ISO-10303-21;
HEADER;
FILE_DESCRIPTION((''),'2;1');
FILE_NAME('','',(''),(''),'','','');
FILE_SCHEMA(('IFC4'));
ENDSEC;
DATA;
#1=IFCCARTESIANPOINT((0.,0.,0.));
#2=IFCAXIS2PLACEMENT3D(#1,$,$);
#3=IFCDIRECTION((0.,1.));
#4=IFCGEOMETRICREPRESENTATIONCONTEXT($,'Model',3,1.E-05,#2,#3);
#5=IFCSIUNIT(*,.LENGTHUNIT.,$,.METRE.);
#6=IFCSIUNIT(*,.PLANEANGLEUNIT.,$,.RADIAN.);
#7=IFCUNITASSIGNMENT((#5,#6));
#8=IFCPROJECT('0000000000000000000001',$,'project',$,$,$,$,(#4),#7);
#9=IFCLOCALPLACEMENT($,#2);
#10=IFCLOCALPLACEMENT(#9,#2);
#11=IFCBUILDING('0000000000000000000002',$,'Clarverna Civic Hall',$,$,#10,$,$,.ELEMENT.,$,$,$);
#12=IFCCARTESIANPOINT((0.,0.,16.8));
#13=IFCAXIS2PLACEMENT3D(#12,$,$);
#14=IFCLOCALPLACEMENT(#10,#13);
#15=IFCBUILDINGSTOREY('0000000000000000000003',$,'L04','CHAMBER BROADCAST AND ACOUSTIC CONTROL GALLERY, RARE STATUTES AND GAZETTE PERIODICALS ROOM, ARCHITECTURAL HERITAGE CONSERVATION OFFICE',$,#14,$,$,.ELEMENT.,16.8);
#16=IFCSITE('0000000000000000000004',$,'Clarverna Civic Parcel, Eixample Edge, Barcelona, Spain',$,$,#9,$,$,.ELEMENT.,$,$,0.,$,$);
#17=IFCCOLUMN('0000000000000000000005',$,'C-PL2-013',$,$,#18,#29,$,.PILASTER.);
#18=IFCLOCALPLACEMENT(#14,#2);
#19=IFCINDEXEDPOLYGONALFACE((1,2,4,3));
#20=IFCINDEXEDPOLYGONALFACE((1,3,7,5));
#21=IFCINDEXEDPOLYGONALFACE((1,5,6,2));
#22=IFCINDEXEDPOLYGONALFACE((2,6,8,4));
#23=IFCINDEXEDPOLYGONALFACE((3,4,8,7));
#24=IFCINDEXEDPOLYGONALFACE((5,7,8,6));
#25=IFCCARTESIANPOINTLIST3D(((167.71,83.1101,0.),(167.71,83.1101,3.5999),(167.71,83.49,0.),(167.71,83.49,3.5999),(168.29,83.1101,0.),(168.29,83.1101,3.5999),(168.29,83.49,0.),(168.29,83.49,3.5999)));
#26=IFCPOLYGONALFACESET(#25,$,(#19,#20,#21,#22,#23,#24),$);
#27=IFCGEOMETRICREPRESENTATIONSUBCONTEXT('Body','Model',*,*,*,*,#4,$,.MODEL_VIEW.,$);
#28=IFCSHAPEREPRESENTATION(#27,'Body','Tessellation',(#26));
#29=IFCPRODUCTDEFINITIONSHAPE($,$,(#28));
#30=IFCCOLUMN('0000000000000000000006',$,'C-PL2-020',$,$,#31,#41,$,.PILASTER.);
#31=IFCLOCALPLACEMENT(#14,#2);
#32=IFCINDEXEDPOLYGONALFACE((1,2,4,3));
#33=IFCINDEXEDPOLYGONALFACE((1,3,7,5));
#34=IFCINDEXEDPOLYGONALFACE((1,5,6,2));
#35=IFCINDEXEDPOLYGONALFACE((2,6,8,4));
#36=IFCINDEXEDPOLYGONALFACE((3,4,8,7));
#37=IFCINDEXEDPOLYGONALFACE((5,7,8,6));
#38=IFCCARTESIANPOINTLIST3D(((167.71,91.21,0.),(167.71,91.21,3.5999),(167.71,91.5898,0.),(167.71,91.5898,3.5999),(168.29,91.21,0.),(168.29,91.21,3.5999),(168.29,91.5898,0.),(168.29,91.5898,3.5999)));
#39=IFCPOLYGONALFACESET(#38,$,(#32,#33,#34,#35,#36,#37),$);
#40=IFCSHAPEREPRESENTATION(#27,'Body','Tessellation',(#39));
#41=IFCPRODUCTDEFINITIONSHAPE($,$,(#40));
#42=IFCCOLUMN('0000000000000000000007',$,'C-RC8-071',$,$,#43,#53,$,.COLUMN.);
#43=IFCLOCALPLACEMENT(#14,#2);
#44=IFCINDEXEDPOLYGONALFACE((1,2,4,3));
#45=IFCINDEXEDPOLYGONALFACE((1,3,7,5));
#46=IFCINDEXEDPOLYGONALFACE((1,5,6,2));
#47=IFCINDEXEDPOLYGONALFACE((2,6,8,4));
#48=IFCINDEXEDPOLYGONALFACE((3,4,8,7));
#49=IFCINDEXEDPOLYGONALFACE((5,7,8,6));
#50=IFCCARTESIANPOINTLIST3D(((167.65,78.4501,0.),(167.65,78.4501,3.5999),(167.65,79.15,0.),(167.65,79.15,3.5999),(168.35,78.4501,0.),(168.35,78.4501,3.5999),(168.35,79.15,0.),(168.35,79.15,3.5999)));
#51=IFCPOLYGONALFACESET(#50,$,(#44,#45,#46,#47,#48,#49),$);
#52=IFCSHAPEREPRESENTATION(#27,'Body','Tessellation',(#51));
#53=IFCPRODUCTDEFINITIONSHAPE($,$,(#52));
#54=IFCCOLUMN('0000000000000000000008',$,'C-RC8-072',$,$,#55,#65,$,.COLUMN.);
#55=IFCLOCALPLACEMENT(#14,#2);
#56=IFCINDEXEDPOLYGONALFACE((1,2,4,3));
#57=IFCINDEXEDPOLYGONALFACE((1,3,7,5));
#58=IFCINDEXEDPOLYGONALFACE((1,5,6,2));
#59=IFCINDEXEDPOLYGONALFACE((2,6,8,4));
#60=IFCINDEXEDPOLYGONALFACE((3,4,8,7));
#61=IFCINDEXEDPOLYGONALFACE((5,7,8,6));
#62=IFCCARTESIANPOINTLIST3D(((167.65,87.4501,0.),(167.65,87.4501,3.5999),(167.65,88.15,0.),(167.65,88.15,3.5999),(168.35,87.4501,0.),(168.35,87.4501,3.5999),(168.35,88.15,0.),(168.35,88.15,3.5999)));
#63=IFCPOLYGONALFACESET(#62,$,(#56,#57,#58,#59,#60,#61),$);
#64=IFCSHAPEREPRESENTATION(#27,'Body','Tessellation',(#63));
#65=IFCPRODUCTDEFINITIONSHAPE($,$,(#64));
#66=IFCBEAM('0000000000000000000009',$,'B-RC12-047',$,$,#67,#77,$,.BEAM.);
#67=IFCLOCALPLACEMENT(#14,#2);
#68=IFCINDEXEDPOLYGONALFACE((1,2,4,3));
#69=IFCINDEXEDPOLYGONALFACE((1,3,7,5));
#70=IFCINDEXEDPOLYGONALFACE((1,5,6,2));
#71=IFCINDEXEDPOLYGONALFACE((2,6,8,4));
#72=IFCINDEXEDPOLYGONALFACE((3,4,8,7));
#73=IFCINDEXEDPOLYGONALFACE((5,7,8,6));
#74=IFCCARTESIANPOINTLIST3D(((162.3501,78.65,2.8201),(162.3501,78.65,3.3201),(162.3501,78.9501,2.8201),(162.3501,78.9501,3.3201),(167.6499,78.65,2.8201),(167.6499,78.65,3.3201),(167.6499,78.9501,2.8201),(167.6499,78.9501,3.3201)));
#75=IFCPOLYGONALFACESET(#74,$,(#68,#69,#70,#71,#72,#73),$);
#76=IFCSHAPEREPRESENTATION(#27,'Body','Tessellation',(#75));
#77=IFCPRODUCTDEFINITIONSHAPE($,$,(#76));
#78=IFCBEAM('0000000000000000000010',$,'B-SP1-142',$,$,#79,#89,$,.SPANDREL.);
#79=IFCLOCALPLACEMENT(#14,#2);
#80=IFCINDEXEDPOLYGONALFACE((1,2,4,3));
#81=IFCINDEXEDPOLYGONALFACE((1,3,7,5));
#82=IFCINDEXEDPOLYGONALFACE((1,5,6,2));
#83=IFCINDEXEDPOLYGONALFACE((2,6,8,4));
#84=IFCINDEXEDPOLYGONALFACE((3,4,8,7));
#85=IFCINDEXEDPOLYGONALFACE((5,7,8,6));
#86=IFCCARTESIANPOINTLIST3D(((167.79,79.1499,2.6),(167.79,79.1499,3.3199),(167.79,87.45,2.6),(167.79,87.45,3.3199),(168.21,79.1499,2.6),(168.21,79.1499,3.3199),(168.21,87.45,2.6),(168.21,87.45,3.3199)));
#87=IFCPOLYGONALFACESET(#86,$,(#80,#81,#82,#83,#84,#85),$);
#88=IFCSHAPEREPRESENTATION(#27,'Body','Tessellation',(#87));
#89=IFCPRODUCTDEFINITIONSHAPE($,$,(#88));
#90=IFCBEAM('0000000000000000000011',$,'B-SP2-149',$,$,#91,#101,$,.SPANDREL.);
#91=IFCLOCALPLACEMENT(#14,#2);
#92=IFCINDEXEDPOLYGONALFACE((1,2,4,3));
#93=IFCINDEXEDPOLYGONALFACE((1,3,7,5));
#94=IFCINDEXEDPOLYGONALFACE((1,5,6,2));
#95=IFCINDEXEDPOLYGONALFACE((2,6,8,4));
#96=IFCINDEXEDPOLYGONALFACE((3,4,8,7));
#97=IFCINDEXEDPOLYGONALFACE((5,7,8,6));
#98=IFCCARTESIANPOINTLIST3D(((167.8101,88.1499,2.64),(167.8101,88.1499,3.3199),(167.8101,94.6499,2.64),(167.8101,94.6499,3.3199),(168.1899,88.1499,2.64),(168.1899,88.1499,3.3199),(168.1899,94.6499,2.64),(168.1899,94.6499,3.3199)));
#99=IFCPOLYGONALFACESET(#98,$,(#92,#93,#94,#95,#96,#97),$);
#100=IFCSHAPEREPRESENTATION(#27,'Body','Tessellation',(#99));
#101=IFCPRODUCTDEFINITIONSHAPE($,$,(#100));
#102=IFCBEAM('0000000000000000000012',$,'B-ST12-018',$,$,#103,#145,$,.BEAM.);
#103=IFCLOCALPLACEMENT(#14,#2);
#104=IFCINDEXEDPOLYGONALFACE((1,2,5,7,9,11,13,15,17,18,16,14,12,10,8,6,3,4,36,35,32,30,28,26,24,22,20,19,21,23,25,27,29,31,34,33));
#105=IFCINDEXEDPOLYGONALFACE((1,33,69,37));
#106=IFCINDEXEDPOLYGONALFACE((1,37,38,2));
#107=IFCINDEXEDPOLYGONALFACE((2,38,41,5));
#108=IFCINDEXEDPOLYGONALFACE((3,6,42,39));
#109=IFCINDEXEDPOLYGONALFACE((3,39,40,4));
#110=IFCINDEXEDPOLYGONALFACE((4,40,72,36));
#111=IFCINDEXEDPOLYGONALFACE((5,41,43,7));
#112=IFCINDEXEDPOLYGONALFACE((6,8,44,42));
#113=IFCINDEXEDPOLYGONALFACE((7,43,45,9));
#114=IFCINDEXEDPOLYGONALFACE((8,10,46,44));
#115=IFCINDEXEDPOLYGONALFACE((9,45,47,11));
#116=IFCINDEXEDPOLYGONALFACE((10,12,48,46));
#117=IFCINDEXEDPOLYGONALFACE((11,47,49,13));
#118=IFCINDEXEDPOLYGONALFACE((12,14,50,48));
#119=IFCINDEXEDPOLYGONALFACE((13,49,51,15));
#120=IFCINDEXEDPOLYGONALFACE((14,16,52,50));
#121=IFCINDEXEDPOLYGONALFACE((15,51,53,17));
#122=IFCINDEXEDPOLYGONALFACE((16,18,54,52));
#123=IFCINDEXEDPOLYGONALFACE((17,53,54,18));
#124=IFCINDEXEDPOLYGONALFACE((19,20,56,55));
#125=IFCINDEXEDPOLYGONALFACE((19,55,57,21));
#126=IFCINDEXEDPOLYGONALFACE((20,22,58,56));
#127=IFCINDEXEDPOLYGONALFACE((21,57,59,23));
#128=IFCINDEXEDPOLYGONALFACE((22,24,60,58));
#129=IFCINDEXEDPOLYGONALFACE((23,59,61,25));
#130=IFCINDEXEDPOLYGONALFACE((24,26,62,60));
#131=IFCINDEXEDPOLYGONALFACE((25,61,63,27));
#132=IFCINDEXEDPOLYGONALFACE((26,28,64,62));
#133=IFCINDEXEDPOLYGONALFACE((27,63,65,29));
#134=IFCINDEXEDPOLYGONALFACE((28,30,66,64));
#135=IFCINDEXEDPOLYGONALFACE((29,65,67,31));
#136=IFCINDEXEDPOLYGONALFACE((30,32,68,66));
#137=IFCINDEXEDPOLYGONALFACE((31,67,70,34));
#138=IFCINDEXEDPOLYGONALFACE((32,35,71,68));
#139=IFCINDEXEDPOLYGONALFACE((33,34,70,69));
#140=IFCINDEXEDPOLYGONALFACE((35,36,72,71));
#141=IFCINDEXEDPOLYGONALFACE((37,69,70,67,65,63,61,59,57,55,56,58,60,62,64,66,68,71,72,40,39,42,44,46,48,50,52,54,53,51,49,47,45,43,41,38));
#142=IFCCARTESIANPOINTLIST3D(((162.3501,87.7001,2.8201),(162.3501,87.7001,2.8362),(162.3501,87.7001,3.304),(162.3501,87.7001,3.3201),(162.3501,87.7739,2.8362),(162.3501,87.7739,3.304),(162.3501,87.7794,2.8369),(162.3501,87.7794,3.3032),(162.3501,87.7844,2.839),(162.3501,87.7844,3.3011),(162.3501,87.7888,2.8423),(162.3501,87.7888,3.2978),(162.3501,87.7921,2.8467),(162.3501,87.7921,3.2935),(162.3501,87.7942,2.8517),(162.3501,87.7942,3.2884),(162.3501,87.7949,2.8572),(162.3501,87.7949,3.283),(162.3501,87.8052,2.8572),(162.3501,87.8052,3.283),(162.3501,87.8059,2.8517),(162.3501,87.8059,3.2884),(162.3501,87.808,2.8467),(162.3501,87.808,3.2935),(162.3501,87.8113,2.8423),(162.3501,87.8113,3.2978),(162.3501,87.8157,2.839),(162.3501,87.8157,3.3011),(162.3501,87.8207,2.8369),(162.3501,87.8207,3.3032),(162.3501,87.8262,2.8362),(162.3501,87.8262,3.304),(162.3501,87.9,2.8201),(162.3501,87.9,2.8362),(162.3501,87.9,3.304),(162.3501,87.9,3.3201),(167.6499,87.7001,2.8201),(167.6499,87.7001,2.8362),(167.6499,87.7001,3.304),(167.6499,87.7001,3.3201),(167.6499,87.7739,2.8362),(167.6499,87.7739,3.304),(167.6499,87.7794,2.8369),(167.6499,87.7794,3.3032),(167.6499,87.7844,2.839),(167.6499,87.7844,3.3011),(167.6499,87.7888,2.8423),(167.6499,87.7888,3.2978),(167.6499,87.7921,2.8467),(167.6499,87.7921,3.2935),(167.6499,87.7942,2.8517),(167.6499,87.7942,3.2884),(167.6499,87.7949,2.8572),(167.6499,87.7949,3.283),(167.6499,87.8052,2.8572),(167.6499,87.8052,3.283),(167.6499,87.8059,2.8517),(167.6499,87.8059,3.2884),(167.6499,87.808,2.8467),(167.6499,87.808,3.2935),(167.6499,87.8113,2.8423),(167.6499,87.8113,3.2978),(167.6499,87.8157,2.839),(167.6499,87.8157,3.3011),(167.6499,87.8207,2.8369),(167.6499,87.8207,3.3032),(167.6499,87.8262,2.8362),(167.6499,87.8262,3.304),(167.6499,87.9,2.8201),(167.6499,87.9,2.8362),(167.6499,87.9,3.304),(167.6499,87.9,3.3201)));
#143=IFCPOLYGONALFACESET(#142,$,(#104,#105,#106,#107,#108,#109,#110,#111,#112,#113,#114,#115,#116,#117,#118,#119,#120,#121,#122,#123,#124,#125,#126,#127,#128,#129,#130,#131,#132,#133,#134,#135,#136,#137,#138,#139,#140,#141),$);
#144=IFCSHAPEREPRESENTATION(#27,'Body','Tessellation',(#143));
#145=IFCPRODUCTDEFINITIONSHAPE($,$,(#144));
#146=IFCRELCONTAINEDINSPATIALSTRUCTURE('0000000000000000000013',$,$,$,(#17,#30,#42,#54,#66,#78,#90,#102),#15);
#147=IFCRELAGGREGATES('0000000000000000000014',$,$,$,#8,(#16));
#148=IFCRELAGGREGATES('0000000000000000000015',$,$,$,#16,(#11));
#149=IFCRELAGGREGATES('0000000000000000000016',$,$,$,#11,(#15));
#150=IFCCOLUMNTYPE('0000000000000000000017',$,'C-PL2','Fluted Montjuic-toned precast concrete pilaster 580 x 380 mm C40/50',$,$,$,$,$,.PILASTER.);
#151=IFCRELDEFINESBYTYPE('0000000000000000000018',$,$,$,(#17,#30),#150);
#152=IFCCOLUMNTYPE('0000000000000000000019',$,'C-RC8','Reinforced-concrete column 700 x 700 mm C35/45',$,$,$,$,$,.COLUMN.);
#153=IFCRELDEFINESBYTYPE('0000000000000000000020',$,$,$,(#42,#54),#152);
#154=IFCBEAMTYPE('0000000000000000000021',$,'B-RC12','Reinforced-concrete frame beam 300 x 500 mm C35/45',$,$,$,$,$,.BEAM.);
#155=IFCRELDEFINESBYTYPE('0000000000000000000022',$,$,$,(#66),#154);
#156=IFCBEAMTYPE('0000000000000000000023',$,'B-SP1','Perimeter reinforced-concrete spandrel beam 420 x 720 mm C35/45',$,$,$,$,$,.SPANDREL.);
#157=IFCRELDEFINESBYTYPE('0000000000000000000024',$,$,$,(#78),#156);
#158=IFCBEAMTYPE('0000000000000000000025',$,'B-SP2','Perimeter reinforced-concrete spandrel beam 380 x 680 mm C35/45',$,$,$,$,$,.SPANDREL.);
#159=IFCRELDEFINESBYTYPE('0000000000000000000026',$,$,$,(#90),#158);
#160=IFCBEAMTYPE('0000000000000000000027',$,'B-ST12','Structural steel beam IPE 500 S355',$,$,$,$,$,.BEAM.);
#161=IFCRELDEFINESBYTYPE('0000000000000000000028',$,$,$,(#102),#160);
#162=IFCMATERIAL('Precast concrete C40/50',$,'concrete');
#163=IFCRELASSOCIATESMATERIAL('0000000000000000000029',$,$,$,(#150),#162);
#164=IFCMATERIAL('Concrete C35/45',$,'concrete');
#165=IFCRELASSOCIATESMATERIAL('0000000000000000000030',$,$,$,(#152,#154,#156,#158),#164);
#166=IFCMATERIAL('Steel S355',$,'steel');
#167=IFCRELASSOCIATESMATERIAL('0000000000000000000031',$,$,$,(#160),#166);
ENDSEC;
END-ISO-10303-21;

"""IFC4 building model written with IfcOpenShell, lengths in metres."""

from ifc_helpers import new_model, si_unit, direction, frame, origin, origin_2d, place, context, subcontext, project, spatial, rectangle, i_section, extrude, material, material_profile, profile_set, type_object, element, save


model = new_model("IFC4")

# Units and contexts
model_context = context("Model", 3, precision=1e-05, world=origin(), true_north=direction((0.0, 1.0)))
body_context = subcontext(model_context, "Body", "Model", "MODEL_VIEW")
ifc_project = project(units=[si_unit("LENGTHUNIT", "METRE"), si_unit("PLANEANGLEUNIT", "RADIAN")], contexts=[model_context])

# Site, building, storey
site_placement = place(None, origin())
site = spatial("IfcSite", under=ifc_project, at=site_placement, Name="Clarverna Civic Parcel, Eixample Edge, Barcelona, Spain", CompositionType="ELEMENT", RefElevation=0.0)
building_placement = place(site_placement, origin())
building = spatial("IfcBuilding", under=site, at=building_placement, Name="Clarverna Civic Hall", CompositionType="ELEMENT")
storey_placement = place(building_placement, frame((0.0, 0.0, 16.8)))
storey = spatial("IfcBuildingStorey", under=building, at=storey_placement, Name="L04", Description="CHAMBER BROADCAST AND ACOUSTIC CONTROL GALLERY, RARE STATUTES AND GAZETTE PERIODICALS ROOM, ARCHITECTURAL HERITAGE CONSERVATION OFFICE", CompositionType="ELEMENT", Elevation=16.8)

# Columns
ifc_material_1 = material(Name="Precast concrete C40/50", Category="concrete")
ifc_material_profile_1 = material_profile(ifc_material_1, rectangle(XDim=0.5801, YDim=0.3799, at=origin_2d()), Name="PILASTER 580x380")
ifc_profile_set_1 = profile_set([ifc_material_profile_1], Name="Precast concrete C40/50")
column_type_1 = type_object("IfcColumnType", Name="C-PL2", Description="Fluted Montjuic-toned precast concrete pilaster 580 x 380 mm C40/50", PredefinedType="PILASTER", material=ifc_profile_set_1)
for number, where, z_axis, x_axis, name in (
    (1, (168.0, 83.3, 0.0), (0.0, 0.0, 1.0), (1.0, 0.0, 0.0), "C-PL2-013"),
    (2, (168.0, 91.3999, 0.0), (0.0, 0.0, 1.0), (1.0, 0.0, 0.0), "C-PL2-020"),
):
    element("IfcColumn", number, at=place(storey_placement, frame(where, z_axis=z_axis, x_axis=x_axis)), inside=storey, type_object=column_type_1, Name=name, PredefinedType="PILASTER", context=body_context, shape_type="SweptSolid", body=[
        extrude(rectangle(XDim=0.5801, YDim=0.3799, at=origin_2d()), origin(), (0.0, 0.0, 1.0), 3.5999),
    ])
ifc_material_2 = material(Name="Concrete C35/45", Category="concrete")
ifc_material_profile_2 = material_profile(ifc_material_2, rectangle(XDim=0.7, YDim=0.7, at=origin_2d()), Name="RC 700x700")
ifc_profile_set_2 = profile_set([ifc_material_profile_2], Name="Concrete C35/45")
column_type_2 = type_object("IfcColumnType", Name="C-RC8", Description="Reinforced-concrete column 700 x 700 mm C35/45", PredefinedType="COLUMN", material=ifc_profile_set_2)
for number, where, z_axis, x_axis, name in (
    (3, (168.0, 78.8, 0.0), (0.0, 0.0, 1.0), (1.0, 0.0, 0.0), "C-RC8-071"),
    (4, (168.0, 87.8, 0.0), (0.0, 0.0, 1.0), (1.0, 0.0, 0.0), "C-RC8-072"),
):
    element("IfcColumn", number, at=place(storey_placement, frame(where, z_axis=z_axis, x_axis=x_axis)), inside=storey, type_object=column_type_2, Name=name, PredefinedType="COLUMN", context=body_context, shape_type="SweptSolid", body=[
        extrude(rectangle(XDim=0.7, YDim=0.7, at=origin_2d()), origin(), (0.0, 0.0, 1.0), 3.5999),
    ])

# Beams
ifc_material_profile_3 = material_profile(ifc_material_2, rectangle(XDim=0.3, YDim=0.5, at=origin_2d()), Name="RC 300x500")
ifc_profile_set_3 = profile_set([ifc_material_profile_3], Name="Concrete C35/45")
beam_type_1 = type_object("IfcBeamType", Name="B-RC12", Description="Reinforced-concrete frame beam 300 x 500 mm C35/45", PredefinedType="BEAM", material=ifc_profile_set_3)
beam_1_placement = place(storey_placement, frame((162.3501, 78.8, 3.0701), z_axis=(1.0, 0.0, 0.0), x_axis=(0.0, 1.0, 0.0)))
element("IfcBeam", 5, at=beam_1_placement, inside=storey, type_object=beam_type_1, Name="B-RC12-047", PredefinedType="BEAM", context=body_context, shape_type="SweptSolid", body=[
    extrude(rectangle(XDim=0.3, YDim=0.5, at=origin_2d()), origin(), (0.0, 0.0, 1.0), 5.2998),
])
ifc_material_profile_4 = material_profile(ifc_material_2, rectangle(XDim=0.4199, YDim=0.72, at=origin_2d()), Name="RC 420x720")
ifc_profile_set_4 = profile_set([ifc_material_profile_4], Name="Concrete C35/45")
beam_type_2 = type_object("IfcBeamType", Name="B-SP1", Description="Perimeter reinforced-concrete spandrel beam 420 x 720 mm C35/45", PredefinedType="SPANDREL", material=ifc_profile_set_4)
beam_2_placement = place(storey_placement, frame((168.0, 79.1499, 2.96), z_axis=(0.0, 1.0, 0.0), x_axis=(-1.0, 0.0, 0.0)))
element("IfcBeam", 6, at=beam_2_placement, inside=storey, type_object=beam_type_2, Name="B-SP1-142", PredefinedType="SPANDREL", context=body_context, shape_type="SweptSolid", body=[
    extrude(rectangle(XDim=0.4199, YDim=0.72, at=origin_2d()), origin(), (0.0, 0.0, 1.0), 8.3),
])
ifc_material_profile_5 = material_profile(ifc_material_2, rectangle(XDim=0.3799, YDim=0.6799, at=origin_2d()), Name="RC 380x680")
ifc_profile_set_5 = profile_set([ifc_material_profile_5], Name="Concrete C35/45")
beam_type_3 = type_object("IfcBeamType", Name="B-SP2", Description="Perimeter reinforced-concrete spandrel beam 380 x 680 mm C35/45", PredefinedType="SPANDREL", material=ifc_profile_set_5)
beam_3_placement = place(storey_placement, frame((168.0, 88.1499, 2.98), z_axis=(0.0, 1.0, 0.0), x_axis=(-1.0, 0.0, 0.0)))
element("IfcBeam", 7, at=beam_3_placement, inside=storey, type_object=beam_type_3, Name="B-SP2-149", PredefinedType="SPANDREL", context=body_context, shape_type="SweptSolid", body=[
    extrude(rectangle(XDim=0.3799, YDim=0.6799, at=origin_2d()), origin(), (0.0, 0.0, 1.0), 6.5),
])
ifc_material_3 = material(Name="Steel S355", Category="steel")
ifc_material_profile_6 = material_profile(ifc_material_3, i_section(OverallWidth=0.2, OverallDepth=0.5, WebThickness=0.0103, FlangeThickness=0.0161, FilletRadius=0.021, at=origin_2d()), Name="IPE 500")
ifc_profile_set_6 = profile_set([ifc_material_profile_6], Name="Steel S355")
beam_type_4 = type_object("IfcBeamType", Name="B-ST12", Description="Structural steel beam IPE 500 S355", PredefinedType="BEAM", material=ifc_profile_set_6)
beam_4_placement = place(storey_placement, frame((162.3501, 87.8, 3.0701), z_axis=(1.0, 0.0, 0.0), x_axis=(0.0, 1.0, 0.0)))
element("IfcBeam", 8, at=beam_4_placement, inside=storey, type_object=beam_type_4, Name="B-ST12-018", PredefinedType="BEAM", context=body_context, shape_type="SweptSolid", body=[
    extrude(i_section(OverallWidth=0.2, OverallDepth=0.5, WebThickness=0.0103, FlangeThickness=0.0161, FilletRadius=0.021, at=origin_2d()), origin(), (0.0, 0.0, 1.0), 5.2998),
])

save(model, "model.ifc")
